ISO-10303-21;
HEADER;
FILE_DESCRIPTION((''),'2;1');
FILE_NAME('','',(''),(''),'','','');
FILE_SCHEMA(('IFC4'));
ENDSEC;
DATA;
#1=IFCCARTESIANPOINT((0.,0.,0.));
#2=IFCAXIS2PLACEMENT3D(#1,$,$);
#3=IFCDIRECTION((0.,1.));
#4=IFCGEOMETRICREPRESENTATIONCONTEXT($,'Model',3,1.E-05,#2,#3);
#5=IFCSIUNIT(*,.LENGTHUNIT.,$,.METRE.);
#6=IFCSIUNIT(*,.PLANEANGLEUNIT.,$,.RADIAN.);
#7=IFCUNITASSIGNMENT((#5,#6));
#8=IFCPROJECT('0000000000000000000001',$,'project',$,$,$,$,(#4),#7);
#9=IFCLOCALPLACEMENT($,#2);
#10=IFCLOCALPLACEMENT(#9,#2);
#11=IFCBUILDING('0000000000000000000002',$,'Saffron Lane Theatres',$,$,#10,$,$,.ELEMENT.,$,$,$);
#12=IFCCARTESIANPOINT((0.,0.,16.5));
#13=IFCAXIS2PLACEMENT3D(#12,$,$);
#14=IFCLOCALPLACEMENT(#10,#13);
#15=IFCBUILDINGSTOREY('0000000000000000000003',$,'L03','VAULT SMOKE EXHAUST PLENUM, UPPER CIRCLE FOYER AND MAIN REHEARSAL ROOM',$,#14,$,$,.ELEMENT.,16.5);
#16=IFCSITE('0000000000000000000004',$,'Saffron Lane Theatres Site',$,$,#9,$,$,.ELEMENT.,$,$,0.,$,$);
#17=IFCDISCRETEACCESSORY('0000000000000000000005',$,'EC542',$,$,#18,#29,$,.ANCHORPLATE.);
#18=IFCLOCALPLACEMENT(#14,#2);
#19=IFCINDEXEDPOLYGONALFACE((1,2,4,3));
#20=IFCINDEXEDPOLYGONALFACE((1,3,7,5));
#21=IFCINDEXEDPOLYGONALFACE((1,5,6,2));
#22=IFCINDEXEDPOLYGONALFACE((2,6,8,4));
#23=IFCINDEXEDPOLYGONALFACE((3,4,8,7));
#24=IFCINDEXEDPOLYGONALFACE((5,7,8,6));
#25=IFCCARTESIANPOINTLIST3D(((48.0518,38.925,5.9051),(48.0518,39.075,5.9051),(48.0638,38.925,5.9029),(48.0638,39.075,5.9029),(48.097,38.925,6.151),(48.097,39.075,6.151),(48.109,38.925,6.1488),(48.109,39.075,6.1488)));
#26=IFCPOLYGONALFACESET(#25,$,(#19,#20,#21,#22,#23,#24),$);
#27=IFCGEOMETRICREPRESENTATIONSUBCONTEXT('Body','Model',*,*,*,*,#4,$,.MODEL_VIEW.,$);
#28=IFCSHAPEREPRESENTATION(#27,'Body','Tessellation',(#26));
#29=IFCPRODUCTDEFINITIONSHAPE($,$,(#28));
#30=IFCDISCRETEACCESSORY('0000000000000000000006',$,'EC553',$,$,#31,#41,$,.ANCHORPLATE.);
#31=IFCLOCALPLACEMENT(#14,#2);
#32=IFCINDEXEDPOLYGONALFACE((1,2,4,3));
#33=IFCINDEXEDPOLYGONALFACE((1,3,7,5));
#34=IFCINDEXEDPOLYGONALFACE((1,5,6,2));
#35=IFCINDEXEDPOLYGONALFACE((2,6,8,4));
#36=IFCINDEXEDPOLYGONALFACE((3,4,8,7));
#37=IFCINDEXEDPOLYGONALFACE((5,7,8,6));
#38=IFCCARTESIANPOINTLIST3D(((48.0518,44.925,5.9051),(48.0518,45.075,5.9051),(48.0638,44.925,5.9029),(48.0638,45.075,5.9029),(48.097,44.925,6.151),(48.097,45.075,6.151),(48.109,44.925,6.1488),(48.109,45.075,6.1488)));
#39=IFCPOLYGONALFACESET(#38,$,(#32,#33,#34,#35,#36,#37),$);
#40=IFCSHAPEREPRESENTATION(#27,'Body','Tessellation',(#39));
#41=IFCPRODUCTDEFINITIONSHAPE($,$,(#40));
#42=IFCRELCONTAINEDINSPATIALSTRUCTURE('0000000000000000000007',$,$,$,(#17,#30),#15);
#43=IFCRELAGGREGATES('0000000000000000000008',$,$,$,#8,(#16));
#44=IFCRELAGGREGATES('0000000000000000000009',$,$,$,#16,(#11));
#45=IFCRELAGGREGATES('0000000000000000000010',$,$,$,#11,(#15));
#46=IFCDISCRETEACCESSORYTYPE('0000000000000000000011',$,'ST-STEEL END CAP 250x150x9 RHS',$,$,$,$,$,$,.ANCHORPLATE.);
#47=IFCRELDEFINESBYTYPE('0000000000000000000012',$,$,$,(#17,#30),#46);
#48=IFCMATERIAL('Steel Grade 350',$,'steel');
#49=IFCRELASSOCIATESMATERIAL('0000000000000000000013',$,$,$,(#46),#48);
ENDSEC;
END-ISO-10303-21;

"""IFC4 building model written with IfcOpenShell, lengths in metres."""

from ifc_helpers import new_model, si_unit, direction, frame, origin, origin_2d, place, context, subcontext, project, spatial, rectangle, extrude, material, material_profile, profile_set, type_object, element, save


model = new_model("IFC4")

# Units and contexts
model_context = context("Model", 3, precision=1e-05, world=origin(), true_north=direction((0.0, 1.0)))
body_context = subcontext(model_context, "Body", "Model", "MODEL_VIEW")
ifc_project = project(units=[si_unit("LENGTHUNIT", "METRE"), si_unit("PLANEANGLEUNIT", "RADIAN")], contexts=[model_context])

# Site, building, storey
site_placement = place(None, origin())
site = spatial("IfcSite", under=ifc_project, at=site_placement, Name="Saffron Lane Theatres Site", CompositionType="ELEMENT", RefElevation=0.0)
building_placement = place(site_placement, origin())
building = spatial("IfcBuilding", under=site, at=building_placement, Name="Saffron Lane Theatres", CompositionType="ELEMENT")
storey_placement = place(building_placement, frame((0.0, 0.0, 16.5)))
storey = spatial("IfcBuildingStorey", under=building, at=storey_placement, Name="L03", Description="VAULT SMOKE EXHAUST PLENUM, UPPER CIRCLE FOYER AND MAIN REHEARSAL ROOM", CompositionType="ELEMENT", Elevation=16.5)

# Discrete accessories
ifc_material_1 = material(Name="Steel Grade 350", Category="steel")
ifc_material_profile_1 = material_profile(ifc_material_1, rectangle(XDim=0.1499, YDim=0.25, at=origin_2d()))
ifc_profile_set_1 = profile_set([ifc_material_profile_1], Name="Steel Grade 350")
discrete_accessory_type_1 = type_object("IfcDiscreteAccessoryType", Name="ST-STEEL END CAP 250x150x9 RHS", PredefinedType="ANCHORPLATE", material=ifc_profile_set_1)
for number, where, z_axis, x_axis, name in (
    (1, (48.0864, 39.0, 6.0259), (-0.983547, 0.0, 0.180652), (0.0, -1.0, 0.0), "EC542"),
    (2, (48.0864, 45.0, 6.0259), (-0.983547, 0.0, 0.180652), (0.0, -1.0, 0.0), "EC553"),
):
    element("IfcDiscreteAccessory", number, at=place(storey_placement, frame(where, z_axis=z_axis, x_axis=x_axis)), inside=storey, type_object=discrete_accessory_type_1, Name=name, PredefinedType="ANCHORPLATE", context=body_context, shape_type="SweptSolid", body=[
        extrude(rectangle(XDim=0.1499, YDim=0.25, at=origin_2d()), origin(), (0.0, 0.0, 1.0), 0.0122),
    ])

save(model, "model.ifc")
